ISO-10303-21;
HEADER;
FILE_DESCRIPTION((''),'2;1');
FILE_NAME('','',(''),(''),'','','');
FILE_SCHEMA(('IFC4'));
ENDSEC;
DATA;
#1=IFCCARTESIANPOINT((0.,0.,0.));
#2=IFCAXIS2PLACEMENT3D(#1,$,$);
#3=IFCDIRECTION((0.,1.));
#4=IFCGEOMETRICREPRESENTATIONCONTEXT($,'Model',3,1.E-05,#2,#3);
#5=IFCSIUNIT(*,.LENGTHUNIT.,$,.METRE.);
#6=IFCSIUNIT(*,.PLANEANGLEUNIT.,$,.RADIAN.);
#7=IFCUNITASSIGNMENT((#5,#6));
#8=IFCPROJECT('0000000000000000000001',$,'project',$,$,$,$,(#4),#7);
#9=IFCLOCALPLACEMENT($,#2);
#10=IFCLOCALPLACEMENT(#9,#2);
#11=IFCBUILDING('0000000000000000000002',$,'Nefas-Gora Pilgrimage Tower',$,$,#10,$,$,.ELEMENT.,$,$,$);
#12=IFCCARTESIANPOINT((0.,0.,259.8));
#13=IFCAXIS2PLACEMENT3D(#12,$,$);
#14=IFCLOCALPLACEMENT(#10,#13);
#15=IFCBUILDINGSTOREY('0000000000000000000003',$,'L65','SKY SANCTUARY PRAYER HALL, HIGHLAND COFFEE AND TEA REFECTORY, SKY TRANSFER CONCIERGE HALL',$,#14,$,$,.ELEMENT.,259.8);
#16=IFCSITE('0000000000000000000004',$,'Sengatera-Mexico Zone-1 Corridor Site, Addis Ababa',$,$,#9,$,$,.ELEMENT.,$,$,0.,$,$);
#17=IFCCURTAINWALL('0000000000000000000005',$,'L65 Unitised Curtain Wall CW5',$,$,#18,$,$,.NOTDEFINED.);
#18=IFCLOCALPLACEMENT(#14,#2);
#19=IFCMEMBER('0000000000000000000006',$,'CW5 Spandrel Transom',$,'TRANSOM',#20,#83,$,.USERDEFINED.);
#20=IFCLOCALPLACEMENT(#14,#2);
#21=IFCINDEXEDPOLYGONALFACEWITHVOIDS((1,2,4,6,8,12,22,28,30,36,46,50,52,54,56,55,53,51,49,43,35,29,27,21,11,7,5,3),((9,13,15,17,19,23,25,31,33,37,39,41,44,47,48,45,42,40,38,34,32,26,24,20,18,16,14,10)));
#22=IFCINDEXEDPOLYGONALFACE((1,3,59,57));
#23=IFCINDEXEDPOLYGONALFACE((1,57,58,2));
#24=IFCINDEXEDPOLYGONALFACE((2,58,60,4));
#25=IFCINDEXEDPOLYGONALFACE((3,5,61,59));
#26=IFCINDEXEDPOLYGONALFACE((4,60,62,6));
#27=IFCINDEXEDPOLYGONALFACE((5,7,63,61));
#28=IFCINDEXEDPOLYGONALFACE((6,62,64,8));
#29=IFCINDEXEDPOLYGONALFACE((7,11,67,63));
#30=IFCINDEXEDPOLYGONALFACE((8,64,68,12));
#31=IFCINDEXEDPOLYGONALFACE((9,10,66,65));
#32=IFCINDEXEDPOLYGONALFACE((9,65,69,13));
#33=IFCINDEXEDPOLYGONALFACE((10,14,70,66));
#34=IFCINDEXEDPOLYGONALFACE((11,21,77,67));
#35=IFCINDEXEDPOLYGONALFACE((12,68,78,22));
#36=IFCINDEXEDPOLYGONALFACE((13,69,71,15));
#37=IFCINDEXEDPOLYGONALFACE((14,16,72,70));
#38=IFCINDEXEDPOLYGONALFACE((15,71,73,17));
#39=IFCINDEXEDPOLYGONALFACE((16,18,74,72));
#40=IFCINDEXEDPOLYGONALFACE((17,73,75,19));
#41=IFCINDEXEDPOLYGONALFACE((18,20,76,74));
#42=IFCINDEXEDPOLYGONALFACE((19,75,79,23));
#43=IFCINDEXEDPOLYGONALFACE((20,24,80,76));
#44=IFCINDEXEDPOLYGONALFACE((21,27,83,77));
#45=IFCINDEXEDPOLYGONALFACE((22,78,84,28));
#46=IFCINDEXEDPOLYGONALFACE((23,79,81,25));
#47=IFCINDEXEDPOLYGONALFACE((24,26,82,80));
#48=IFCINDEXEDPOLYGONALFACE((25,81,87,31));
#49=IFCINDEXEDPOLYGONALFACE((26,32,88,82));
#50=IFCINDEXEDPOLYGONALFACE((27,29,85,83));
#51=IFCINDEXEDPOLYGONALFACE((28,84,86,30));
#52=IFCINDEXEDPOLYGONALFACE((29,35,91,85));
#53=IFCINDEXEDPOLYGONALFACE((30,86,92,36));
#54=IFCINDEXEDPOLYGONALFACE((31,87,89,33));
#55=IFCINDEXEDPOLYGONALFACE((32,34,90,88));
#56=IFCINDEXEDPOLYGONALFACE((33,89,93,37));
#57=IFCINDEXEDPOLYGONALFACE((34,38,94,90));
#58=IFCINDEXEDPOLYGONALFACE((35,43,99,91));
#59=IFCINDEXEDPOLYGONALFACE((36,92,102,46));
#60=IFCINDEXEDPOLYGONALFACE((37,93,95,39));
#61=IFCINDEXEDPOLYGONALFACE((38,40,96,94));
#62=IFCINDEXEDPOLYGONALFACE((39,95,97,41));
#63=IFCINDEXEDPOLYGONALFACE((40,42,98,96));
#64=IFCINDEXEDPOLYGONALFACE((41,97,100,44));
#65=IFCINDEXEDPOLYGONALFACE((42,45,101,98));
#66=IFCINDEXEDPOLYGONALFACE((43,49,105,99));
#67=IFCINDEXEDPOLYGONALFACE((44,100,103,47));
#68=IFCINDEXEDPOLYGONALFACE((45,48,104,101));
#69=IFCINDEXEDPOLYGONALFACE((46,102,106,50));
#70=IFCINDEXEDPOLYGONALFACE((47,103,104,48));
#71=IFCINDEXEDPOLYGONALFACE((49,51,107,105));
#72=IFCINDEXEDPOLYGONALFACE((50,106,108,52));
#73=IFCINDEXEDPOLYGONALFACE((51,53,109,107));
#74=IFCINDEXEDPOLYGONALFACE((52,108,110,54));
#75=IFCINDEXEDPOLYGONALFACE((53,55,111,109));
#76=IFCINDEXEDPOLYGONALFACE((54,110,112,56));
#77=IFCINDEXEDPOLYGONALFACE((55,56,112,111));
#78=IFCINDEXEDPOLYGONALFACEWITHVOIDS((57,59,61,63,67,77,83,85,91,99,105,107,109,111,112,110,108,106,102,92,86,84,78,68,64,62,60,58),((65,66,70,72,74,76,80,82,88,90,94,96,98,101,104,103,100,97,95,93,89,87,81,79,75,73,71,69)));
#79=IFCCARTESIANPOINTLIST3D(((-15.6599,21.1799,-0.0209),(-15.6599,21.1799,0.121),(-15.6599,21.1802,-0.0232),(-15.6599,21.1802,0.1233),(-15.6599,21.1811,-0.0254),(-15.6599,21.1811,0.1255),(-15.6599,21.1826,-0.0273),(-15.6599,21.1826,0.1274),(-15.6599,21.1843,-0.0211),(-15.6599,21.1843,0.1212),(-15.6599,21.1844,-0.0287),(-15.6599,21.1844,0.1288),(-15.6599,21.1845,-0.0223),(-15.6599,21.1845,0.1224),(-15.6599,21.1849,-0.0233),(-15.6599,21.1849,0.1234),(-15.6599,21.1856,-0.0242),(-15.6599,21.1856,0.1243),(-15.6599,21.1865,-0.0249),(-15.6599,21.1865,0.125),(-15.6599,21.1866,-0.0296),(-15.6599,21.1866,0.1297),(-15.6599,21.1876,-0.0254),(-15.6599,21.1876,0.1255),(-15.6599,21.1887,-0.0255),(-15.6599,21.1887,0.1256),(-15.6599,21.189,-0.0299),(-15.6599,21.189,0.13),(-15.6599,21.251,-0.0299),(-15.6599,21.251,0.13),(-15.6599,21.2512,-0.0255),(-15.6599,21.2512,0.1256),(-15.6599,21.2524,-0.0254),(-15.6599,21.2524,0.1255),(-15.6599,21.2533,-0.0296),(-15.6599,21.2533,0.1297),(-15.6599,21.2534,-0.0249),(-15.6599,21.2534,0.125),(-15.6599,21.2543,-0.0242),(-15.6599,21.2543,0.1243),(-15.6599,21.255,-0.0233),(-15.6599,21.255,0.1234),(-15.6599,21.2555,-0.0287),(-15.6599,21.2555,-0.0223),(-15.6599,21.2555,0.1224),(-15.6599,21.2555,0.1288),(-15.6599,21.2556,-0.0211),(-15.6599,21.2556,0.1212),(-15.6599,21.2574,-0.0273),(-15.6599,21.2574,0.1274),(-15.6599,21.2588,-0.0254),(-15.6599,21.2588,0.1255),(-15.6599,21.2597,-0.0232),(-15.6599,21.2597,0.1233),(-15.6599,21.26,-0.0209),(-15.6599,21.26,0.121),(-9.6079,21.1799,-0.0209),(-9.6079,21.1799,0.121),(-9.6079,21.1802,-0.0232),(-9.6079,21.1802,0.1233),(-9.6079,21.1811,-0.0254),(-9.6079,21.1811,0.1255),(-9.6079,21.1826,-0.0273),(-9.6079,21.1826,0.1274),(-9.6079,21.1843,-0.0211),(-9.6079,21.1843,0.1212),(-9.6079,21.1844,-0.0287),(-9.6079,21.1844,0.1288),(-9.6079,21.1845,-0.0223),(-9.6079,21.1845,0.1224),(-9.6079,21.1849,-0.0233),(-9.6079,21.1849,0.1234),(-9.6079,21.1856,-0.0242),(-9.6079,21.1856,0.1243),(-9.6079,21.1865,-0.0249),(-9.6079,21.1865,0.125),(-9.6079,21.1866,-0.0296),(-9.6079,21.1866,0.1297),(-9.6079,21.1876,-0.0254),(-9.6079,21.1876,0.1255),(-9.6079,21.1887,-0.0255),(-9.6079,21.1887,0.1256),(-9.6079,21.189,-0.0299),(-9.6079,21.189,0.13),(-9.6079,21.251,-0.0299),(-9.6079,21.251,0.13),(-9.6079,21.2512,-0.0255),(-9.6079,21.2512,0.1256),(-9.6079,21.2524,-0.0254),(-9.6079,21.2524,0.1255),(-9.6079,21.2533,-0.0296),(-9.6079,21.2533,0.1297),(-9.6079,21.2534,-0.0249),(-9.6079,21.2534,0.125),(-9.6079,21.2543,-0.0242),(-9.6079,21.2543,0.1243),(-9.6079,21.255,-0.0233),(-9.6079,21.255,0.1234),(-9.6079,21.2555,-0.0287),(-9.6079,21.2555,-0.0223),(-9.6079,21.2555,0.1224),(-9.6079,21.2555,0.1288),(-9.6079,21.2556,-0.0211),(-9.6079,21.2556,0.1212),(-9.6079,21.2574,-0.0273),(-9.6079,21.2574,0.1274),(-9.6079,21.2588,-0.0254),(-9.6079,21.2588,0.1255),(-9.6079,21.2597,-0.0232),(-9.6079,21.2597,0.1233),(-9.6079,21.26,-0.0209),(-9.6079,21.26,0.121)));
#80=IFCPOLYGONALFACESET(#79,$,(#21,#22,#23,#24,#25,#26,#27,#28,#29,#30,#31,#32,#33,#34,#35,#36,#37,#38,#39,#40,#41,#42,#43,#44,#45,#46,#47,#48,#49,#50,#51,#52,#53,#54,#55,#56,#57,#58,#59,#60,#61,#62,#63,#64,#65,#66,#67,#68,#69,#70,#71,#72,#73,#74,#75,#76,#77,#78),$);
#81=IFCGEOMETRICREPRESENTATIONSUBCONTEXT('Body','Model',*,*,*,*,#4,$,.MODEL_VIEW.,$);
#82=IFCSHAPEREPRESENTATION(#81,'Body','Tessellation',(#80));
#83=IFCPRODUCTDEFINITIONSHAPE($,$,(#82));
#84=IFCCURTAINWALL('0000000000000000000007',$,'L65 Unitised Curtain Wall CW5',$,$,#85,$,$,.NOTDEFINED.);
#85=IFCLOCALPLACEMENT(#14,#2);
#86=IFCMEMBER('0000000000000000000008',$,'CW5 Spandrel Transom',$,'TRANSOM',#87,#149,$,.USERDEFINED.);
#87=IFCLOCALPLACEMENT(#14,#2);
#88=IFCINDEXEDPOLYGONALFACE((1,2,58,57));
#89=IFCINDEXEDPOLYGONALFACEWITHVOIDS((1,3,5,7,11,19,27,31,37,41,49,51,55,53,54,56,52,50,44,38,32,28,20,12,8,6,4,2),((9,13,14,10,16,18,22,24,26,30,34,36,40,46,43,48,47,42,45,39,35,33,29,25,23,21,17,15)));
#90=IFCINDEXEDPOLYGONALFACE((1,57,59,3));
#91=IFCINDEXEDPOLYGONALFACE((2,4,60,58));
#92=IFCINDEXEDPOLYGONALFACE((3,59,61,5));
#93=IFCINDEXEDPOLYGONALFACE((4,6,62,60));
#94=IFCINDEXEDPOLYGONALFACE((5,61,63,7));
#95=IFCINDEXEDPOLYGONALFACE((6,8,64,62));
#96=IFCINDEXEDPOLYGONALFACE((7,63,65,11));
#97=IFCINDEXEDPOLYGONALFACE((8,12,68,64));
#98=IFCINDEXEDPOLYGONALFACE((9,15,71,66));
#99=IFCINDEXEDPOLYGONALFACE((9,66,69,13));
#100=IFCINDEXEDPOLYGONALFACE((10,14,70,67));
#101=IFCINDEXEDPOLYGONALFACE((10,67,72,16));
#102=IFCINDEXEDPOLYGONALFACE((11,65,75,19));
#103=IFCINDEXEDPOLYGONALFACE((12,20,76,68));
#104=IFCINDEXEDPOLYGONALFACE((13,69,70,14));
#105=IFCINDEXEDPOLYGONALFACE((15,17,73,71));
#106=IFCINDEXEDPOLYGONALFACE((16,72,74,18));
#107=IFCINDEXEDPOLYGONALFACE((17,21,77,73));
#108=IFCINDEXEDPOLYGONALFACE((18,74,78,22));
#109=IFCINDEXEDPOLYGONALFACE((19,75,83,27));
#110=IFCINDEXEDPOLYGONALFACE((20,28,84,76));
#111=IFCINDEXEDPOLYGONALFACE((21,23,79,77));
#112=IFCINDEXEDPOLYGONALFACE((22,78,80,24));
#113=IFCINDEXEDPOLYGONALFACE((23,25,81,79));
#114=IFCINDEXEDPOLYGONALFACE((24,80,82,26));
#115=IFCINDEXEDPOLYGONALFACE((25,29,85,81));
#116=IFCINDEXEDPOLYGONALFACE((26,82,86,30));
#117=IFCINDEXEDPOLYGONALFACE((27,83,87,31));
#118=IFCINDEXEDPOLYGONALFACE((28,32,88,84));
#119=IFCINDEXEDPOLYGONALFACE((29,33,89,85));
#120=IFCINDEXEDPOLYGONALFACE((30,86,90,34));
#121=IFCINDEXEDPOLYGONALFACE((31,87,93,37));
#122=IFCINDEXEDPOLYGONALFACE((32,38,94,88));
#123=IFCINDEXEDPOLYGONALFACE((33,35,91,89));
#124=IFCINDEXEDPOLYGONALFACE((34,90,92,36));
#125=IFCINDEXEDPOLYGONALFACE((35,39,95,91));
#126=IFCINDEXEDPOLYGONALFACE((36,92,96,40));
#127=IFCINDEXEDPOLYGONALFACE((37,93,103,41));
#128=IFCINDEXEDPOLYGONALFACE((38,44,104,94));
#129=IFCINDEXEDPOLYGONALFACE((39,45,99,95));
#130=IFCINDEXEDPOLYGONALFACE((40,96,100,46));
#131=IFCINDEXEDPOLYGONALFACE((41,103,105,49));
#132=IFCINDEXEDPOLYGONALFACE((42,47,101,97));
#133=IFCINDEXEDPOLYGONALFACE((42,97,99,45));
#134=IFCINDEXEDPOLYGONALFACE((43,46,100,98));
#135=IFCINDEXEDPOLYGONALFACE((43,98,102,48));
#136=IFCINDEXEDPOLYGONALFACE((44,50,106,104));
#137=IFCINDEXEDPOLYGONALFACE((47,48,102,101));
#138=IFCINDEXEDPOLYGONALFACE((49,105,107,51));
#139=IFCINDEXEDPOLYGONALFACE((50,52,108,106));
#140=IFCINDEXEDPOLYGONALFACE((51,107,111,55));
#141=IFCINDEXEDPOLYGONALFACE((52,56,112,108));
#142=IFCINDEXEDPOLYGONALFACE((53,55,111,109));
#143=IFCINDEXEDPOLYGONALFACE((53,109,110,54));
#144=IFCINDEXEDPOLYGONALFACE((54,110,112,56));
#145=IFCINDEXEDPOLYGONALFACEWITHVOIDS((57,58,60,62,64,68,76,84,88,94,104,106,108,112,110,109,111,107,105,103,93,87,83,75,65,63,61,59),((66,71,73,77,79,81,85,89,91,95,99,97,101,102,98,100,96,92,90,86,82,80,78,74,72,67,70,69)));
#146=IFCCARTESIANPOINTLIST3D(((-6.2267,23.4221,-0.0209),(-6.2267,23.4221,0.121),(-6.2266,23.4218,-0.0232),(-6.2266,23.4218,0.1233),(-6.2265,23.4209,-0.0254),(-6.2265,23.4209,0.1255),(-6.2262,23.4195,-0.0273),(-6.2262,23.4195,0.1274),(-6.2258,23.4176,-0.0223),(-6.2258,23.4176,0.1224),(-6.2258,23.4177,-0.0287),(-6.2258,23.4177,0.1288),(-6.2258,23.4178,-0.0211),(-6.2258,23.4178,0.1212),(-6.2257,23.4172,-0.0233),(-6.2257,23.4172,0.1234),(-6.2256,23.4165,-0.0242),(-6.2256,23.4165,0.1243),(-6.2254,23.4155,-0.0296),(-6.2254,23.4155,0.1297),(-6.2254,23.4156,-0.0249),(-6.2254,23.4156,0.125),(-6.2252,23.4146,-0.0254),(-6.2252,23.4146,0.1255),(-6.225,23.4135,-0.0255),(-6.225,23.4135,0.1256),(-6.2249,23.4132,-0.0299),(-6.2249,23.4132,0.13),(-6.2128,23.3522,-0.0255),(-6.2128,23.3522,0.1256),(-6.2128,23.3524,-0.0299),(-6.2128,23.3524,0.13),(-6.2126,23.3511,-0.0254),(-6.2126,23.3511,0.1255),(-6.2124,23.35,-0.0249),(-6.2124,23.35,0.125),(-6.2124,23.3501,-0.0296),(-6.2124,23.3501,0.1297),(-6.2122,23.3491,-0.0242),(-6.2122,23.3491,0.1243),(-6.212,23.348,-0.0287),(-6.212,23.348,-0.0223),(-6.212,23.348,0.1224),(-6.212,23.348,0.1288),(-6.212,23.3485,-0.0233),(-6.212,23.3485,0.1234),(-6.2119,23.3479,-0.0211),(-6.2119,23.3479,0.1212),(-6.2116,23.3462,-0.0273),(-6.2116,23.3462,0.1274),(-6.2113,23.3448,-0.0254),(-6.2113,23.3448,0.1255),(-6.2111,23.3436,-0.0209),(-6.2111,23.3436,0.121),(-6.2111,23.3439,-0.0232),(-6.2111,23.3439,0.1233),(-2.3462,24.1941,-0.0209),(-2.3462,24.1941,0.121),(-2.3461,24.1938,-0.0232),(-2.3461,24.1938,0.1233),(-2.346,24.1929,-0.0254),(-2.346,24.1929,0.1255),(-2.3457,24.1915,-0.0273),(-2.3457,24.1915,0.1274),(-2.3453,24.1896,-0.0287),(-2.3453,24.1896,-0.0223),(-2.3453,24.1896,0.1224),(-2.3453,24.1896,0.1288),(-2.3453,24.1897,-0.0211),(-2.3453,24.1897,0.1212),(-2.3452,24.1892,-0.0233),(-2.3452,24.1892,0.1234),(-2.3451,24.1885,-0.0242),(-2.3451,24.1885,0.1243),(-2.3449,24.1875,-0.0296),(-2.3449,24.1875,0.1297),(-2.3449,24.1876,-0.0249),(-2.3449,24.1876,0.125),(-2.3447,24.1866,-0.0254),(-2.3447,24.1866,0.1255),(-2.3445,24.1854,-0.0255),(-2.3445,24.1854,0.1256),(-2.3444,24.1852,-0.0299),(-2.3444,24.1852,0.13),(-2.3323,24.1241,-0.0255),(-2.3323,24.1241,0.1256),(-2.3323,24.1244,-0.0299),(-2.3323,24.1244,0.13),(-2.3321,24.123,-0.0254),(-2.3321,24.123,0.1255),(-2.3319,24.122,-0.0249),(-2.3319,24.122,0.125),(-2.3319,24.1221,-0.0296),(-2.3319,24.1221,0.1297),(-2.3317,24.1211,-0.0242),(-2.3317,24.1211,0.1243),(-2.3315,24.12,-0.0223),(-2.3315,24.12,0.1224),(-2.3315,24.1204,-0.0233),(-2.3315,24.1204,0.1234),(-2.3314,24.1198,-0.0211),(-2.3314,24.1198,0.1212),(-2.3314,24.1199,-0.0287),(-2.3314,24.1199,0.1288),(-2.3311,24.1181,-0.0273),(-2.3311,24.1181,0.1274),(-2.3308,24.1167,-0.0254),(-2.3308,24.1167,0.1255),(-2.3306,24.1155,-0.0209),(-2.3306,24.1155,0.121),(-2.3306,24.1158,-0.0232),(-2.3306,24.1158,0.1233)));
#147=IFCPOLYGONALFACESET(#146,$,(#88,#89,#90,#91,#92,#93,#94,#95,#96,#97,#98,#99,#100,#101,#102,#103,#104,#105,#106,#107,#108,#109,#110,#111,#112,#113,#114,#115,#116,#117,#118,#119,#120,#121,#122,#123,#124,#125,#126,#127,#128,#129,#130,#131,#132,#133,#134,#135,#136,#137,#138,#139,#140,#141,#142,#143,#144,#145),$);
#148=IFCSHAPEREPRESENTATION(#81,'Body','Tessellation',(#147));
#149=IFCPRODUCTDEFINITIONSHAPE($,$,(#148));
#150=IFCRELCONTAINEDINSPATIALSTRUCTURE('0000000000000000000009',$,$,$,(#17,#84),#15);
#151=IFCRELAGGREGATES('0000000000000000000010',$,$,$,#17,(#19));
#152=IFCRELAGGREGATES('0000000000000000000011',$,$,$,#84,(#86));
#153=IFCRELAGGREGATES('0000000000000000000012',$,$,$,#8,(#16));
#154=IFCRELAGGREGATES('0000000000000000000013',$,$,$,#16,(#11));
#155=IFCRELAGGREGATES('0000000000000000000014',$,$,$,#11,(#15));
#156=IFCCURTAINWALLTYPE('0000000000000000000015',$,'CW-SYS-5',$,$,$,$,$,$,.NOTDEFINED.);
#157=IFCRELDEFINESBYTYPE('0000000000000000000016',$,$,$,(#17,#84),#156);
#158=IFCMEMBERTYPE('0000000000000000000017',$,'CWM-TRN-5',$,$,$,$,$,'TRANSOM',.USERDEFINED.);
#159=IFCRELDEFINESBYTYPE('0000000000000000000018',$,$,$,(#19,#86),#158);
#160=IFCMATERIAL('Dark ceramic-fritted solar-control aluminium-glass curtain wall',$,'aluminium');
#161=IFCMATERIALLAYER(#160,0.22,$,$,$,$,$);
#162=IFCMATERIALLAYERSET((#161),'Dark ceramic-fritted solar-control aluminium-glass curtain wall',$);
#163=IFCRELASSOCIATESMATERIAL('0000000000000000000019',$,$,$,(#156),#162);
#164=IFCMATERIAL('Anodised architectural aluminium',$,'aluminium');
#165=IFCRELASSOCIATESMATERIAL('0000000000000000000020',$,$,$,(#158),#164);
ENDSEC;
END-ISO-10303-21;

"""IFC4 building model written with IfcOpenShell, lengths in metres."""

from ifc_helpers import new_model, si_unit, direction, frame, origin, origin_2d, place, context, subcontext, project, spatial, hollow_rectangle, extrude, source, transform, mapped, material, layer, layer_set, material_profile, profile_set, type_object, element, aggregate, save


model = new_model("IFC4")

# Units and contexts
model_context = context("Model", 3, precision=1e-05, world=origin(), true_north=direction((0.0, 1.0)))
body_context = subcontext(model_context, "Body", "Model", "MODEL_VIEW")
ifc_project = project(units=[si_unit("LENGTHUNIT", "METRE"), si_unit("PLANEANGLEUNIT", "RADIAN")], contexts=[model_context])

# Site, building, storey
site_placement = place(None, origin())
site = spatial("IfcSite", under=ifc_project, at=site_placement, Name="Sengatera-Mexico Zone-1 Corridor Site, Addis Ababa", CompositionType="ELEMENT", RefElevation=0.0)
building_placement = place(site_placement, origin())
building = spatial("IfcBuilding", under=site, at=building_placement, Name="Nefas-Gora Pilgrimage Tower", CompositionType="ELEMENT")
storey_placement = place(building_placement, frame((0.0, 0.0, 259.8)))
storey = spatial("IfcBuildingStorey", under=building, at=storey_placement, Name="L65", Description="SKY SANCTUARY PRAYER HALL, HIGHLAND COFFEE AND TEA REFECTORY, SKY TRANSFER CONCIERGE HALL", CompositionType="ELEMENT", Elevation=259.8)

# Curtain walls, members
ifc_material_1 = material(Name="Dark ceramic-fritted solar-control aluminium-glass curtain wall", Category="aluminium")
ifc_layer_1 = layer(ifc_material_1, 0.22)
ifc_layer_set_1 = layer_set([ifc_layer_1], Name="Dark ceramic-fritted solar-control aluminium-glass curtain wall")
curtain_wall_type = type_object("IfcCurtainWallType", Name="CW-SYS-5", PredefinedType="NOTDEFINED", material=ifc_layer_set_1)
curtain_wall_1_placement = place(storey_placement, origin())
curtain_wall_1 = element("IfcCurtainWall", 1, at=curtain_wall_1_placement, inside=storey, type_object=curtain_wall_type, Name="L65 Unitised Curtain Wall CW5", PredefinedType="NOTDEFINED")
ifc_material_2 = material(Name="Anodised architectural aluminium", Category="aluminium")
ifc_material_profile_1 = material_profile(ifc_material_2, hollow_rectangle(XDim=0.0801, YDim=0.1599, WallThickness=0.0044, InnerFilletRadius=0.0044, OuterFilletRadius=0.009, at=origin_2d()), Name="ALU TRANSOM 80x160")
ifc_profile_set_1 = profile_set([ifc_material_profile_1], Name="Anodised architectural aluminium")
member_type_1 = type_object("IfcMemberType", Name="CWM-TRN-5", ElementType="TRANSOM", PredefinedType="USERDEFINED", material=ifc_profile_set_1)
shared_shape_1 = source(origin(), body_context, "Body", "SweptSolid", [
    extrude(hollow_rectangle(XDim=0.0801, YDim=0.1599, WallThickness=0.0044, InnerFilletRadius=0.0044, OuterFilletRadius=0.009, at=origin_2d()), origin(), (0.0, 0.0, 1.0), 6.052),
])
member_1_placement = place(storey_placement, frame((-9.6079, 21.22, 0.05), z_axis=(-1.0, 0.0, 0.0), x_axis=(0.0, -1.0, 0.0)))
member_1 = element("IfcMember", 2, at=member_1_placement, type_object=member_type_1, Name="CW5 Spandrel Transom", ObjectType="TRANSOM", PredefinedType="USERDEFINED", context=body_context, shape_type="MappedRepresentation", body=[
    mapped(shared_shape_1, transform((0.0, 0.0, 0.0), x_axis=(1.0, 0.0, 0.0), y_axis=(0.0, 1.0, 0.0), z_axis=(0.0, 0.0, 1.0), scale=1.0)),
])
curtain_wall_2_placement = place(storey_placement, origin())
curtain_wall_2 = element("IfcCurtainWall", 3, at=curtain_wall_2_placement, inside=storey, type_object=curtain_wall_type, Name="L65 Unitised Curtain Wall CW5", PredefinedType="NOTDEFINED")
shared_shape_2 = source(origin(), body_context, "Body", "SweptSolid", [
    extrude(hollow_rectangle(XDim=0.0801, YDim=0.1599, WallThickness=0.0044, InnerFilletRadius=0.0044, OuterFilletRadius=0.009, at=origin_2d()), origin(), (0.0, 0.0, 1.0), 3.9565),
])
member_2_placement = place(storey_placement, frame((-2.3384, 24.1548, 0.05), z_axis=(-0.980782, -0.195107, 0.0), x_axis=(0.195107, -0.980782, 0.0)))
member_2 = element("IfcMember", 4, at=member_2_placement, type_object=member_type_1, Name="CW5 Spandrel Transom", ObjectType="TRANSOM", PredefinedType="USERDEFINED", context=body_context, shape_type="MappedRepresentation", body=[
    mapped(shared_shape_2, transform((0.0, 0.0, 0.0), x_axis=(1.0, 0.0, 0.0), y_axis=(0.0, 1.0, 0.0), z_axis=(0.0, 0.0, 1.0), scale=1.0)),
])

aggregate(curtain_wall_1, [member_1])

aggregate(curtain_wall_2, [member_2])

save(model, "model.ifc")
